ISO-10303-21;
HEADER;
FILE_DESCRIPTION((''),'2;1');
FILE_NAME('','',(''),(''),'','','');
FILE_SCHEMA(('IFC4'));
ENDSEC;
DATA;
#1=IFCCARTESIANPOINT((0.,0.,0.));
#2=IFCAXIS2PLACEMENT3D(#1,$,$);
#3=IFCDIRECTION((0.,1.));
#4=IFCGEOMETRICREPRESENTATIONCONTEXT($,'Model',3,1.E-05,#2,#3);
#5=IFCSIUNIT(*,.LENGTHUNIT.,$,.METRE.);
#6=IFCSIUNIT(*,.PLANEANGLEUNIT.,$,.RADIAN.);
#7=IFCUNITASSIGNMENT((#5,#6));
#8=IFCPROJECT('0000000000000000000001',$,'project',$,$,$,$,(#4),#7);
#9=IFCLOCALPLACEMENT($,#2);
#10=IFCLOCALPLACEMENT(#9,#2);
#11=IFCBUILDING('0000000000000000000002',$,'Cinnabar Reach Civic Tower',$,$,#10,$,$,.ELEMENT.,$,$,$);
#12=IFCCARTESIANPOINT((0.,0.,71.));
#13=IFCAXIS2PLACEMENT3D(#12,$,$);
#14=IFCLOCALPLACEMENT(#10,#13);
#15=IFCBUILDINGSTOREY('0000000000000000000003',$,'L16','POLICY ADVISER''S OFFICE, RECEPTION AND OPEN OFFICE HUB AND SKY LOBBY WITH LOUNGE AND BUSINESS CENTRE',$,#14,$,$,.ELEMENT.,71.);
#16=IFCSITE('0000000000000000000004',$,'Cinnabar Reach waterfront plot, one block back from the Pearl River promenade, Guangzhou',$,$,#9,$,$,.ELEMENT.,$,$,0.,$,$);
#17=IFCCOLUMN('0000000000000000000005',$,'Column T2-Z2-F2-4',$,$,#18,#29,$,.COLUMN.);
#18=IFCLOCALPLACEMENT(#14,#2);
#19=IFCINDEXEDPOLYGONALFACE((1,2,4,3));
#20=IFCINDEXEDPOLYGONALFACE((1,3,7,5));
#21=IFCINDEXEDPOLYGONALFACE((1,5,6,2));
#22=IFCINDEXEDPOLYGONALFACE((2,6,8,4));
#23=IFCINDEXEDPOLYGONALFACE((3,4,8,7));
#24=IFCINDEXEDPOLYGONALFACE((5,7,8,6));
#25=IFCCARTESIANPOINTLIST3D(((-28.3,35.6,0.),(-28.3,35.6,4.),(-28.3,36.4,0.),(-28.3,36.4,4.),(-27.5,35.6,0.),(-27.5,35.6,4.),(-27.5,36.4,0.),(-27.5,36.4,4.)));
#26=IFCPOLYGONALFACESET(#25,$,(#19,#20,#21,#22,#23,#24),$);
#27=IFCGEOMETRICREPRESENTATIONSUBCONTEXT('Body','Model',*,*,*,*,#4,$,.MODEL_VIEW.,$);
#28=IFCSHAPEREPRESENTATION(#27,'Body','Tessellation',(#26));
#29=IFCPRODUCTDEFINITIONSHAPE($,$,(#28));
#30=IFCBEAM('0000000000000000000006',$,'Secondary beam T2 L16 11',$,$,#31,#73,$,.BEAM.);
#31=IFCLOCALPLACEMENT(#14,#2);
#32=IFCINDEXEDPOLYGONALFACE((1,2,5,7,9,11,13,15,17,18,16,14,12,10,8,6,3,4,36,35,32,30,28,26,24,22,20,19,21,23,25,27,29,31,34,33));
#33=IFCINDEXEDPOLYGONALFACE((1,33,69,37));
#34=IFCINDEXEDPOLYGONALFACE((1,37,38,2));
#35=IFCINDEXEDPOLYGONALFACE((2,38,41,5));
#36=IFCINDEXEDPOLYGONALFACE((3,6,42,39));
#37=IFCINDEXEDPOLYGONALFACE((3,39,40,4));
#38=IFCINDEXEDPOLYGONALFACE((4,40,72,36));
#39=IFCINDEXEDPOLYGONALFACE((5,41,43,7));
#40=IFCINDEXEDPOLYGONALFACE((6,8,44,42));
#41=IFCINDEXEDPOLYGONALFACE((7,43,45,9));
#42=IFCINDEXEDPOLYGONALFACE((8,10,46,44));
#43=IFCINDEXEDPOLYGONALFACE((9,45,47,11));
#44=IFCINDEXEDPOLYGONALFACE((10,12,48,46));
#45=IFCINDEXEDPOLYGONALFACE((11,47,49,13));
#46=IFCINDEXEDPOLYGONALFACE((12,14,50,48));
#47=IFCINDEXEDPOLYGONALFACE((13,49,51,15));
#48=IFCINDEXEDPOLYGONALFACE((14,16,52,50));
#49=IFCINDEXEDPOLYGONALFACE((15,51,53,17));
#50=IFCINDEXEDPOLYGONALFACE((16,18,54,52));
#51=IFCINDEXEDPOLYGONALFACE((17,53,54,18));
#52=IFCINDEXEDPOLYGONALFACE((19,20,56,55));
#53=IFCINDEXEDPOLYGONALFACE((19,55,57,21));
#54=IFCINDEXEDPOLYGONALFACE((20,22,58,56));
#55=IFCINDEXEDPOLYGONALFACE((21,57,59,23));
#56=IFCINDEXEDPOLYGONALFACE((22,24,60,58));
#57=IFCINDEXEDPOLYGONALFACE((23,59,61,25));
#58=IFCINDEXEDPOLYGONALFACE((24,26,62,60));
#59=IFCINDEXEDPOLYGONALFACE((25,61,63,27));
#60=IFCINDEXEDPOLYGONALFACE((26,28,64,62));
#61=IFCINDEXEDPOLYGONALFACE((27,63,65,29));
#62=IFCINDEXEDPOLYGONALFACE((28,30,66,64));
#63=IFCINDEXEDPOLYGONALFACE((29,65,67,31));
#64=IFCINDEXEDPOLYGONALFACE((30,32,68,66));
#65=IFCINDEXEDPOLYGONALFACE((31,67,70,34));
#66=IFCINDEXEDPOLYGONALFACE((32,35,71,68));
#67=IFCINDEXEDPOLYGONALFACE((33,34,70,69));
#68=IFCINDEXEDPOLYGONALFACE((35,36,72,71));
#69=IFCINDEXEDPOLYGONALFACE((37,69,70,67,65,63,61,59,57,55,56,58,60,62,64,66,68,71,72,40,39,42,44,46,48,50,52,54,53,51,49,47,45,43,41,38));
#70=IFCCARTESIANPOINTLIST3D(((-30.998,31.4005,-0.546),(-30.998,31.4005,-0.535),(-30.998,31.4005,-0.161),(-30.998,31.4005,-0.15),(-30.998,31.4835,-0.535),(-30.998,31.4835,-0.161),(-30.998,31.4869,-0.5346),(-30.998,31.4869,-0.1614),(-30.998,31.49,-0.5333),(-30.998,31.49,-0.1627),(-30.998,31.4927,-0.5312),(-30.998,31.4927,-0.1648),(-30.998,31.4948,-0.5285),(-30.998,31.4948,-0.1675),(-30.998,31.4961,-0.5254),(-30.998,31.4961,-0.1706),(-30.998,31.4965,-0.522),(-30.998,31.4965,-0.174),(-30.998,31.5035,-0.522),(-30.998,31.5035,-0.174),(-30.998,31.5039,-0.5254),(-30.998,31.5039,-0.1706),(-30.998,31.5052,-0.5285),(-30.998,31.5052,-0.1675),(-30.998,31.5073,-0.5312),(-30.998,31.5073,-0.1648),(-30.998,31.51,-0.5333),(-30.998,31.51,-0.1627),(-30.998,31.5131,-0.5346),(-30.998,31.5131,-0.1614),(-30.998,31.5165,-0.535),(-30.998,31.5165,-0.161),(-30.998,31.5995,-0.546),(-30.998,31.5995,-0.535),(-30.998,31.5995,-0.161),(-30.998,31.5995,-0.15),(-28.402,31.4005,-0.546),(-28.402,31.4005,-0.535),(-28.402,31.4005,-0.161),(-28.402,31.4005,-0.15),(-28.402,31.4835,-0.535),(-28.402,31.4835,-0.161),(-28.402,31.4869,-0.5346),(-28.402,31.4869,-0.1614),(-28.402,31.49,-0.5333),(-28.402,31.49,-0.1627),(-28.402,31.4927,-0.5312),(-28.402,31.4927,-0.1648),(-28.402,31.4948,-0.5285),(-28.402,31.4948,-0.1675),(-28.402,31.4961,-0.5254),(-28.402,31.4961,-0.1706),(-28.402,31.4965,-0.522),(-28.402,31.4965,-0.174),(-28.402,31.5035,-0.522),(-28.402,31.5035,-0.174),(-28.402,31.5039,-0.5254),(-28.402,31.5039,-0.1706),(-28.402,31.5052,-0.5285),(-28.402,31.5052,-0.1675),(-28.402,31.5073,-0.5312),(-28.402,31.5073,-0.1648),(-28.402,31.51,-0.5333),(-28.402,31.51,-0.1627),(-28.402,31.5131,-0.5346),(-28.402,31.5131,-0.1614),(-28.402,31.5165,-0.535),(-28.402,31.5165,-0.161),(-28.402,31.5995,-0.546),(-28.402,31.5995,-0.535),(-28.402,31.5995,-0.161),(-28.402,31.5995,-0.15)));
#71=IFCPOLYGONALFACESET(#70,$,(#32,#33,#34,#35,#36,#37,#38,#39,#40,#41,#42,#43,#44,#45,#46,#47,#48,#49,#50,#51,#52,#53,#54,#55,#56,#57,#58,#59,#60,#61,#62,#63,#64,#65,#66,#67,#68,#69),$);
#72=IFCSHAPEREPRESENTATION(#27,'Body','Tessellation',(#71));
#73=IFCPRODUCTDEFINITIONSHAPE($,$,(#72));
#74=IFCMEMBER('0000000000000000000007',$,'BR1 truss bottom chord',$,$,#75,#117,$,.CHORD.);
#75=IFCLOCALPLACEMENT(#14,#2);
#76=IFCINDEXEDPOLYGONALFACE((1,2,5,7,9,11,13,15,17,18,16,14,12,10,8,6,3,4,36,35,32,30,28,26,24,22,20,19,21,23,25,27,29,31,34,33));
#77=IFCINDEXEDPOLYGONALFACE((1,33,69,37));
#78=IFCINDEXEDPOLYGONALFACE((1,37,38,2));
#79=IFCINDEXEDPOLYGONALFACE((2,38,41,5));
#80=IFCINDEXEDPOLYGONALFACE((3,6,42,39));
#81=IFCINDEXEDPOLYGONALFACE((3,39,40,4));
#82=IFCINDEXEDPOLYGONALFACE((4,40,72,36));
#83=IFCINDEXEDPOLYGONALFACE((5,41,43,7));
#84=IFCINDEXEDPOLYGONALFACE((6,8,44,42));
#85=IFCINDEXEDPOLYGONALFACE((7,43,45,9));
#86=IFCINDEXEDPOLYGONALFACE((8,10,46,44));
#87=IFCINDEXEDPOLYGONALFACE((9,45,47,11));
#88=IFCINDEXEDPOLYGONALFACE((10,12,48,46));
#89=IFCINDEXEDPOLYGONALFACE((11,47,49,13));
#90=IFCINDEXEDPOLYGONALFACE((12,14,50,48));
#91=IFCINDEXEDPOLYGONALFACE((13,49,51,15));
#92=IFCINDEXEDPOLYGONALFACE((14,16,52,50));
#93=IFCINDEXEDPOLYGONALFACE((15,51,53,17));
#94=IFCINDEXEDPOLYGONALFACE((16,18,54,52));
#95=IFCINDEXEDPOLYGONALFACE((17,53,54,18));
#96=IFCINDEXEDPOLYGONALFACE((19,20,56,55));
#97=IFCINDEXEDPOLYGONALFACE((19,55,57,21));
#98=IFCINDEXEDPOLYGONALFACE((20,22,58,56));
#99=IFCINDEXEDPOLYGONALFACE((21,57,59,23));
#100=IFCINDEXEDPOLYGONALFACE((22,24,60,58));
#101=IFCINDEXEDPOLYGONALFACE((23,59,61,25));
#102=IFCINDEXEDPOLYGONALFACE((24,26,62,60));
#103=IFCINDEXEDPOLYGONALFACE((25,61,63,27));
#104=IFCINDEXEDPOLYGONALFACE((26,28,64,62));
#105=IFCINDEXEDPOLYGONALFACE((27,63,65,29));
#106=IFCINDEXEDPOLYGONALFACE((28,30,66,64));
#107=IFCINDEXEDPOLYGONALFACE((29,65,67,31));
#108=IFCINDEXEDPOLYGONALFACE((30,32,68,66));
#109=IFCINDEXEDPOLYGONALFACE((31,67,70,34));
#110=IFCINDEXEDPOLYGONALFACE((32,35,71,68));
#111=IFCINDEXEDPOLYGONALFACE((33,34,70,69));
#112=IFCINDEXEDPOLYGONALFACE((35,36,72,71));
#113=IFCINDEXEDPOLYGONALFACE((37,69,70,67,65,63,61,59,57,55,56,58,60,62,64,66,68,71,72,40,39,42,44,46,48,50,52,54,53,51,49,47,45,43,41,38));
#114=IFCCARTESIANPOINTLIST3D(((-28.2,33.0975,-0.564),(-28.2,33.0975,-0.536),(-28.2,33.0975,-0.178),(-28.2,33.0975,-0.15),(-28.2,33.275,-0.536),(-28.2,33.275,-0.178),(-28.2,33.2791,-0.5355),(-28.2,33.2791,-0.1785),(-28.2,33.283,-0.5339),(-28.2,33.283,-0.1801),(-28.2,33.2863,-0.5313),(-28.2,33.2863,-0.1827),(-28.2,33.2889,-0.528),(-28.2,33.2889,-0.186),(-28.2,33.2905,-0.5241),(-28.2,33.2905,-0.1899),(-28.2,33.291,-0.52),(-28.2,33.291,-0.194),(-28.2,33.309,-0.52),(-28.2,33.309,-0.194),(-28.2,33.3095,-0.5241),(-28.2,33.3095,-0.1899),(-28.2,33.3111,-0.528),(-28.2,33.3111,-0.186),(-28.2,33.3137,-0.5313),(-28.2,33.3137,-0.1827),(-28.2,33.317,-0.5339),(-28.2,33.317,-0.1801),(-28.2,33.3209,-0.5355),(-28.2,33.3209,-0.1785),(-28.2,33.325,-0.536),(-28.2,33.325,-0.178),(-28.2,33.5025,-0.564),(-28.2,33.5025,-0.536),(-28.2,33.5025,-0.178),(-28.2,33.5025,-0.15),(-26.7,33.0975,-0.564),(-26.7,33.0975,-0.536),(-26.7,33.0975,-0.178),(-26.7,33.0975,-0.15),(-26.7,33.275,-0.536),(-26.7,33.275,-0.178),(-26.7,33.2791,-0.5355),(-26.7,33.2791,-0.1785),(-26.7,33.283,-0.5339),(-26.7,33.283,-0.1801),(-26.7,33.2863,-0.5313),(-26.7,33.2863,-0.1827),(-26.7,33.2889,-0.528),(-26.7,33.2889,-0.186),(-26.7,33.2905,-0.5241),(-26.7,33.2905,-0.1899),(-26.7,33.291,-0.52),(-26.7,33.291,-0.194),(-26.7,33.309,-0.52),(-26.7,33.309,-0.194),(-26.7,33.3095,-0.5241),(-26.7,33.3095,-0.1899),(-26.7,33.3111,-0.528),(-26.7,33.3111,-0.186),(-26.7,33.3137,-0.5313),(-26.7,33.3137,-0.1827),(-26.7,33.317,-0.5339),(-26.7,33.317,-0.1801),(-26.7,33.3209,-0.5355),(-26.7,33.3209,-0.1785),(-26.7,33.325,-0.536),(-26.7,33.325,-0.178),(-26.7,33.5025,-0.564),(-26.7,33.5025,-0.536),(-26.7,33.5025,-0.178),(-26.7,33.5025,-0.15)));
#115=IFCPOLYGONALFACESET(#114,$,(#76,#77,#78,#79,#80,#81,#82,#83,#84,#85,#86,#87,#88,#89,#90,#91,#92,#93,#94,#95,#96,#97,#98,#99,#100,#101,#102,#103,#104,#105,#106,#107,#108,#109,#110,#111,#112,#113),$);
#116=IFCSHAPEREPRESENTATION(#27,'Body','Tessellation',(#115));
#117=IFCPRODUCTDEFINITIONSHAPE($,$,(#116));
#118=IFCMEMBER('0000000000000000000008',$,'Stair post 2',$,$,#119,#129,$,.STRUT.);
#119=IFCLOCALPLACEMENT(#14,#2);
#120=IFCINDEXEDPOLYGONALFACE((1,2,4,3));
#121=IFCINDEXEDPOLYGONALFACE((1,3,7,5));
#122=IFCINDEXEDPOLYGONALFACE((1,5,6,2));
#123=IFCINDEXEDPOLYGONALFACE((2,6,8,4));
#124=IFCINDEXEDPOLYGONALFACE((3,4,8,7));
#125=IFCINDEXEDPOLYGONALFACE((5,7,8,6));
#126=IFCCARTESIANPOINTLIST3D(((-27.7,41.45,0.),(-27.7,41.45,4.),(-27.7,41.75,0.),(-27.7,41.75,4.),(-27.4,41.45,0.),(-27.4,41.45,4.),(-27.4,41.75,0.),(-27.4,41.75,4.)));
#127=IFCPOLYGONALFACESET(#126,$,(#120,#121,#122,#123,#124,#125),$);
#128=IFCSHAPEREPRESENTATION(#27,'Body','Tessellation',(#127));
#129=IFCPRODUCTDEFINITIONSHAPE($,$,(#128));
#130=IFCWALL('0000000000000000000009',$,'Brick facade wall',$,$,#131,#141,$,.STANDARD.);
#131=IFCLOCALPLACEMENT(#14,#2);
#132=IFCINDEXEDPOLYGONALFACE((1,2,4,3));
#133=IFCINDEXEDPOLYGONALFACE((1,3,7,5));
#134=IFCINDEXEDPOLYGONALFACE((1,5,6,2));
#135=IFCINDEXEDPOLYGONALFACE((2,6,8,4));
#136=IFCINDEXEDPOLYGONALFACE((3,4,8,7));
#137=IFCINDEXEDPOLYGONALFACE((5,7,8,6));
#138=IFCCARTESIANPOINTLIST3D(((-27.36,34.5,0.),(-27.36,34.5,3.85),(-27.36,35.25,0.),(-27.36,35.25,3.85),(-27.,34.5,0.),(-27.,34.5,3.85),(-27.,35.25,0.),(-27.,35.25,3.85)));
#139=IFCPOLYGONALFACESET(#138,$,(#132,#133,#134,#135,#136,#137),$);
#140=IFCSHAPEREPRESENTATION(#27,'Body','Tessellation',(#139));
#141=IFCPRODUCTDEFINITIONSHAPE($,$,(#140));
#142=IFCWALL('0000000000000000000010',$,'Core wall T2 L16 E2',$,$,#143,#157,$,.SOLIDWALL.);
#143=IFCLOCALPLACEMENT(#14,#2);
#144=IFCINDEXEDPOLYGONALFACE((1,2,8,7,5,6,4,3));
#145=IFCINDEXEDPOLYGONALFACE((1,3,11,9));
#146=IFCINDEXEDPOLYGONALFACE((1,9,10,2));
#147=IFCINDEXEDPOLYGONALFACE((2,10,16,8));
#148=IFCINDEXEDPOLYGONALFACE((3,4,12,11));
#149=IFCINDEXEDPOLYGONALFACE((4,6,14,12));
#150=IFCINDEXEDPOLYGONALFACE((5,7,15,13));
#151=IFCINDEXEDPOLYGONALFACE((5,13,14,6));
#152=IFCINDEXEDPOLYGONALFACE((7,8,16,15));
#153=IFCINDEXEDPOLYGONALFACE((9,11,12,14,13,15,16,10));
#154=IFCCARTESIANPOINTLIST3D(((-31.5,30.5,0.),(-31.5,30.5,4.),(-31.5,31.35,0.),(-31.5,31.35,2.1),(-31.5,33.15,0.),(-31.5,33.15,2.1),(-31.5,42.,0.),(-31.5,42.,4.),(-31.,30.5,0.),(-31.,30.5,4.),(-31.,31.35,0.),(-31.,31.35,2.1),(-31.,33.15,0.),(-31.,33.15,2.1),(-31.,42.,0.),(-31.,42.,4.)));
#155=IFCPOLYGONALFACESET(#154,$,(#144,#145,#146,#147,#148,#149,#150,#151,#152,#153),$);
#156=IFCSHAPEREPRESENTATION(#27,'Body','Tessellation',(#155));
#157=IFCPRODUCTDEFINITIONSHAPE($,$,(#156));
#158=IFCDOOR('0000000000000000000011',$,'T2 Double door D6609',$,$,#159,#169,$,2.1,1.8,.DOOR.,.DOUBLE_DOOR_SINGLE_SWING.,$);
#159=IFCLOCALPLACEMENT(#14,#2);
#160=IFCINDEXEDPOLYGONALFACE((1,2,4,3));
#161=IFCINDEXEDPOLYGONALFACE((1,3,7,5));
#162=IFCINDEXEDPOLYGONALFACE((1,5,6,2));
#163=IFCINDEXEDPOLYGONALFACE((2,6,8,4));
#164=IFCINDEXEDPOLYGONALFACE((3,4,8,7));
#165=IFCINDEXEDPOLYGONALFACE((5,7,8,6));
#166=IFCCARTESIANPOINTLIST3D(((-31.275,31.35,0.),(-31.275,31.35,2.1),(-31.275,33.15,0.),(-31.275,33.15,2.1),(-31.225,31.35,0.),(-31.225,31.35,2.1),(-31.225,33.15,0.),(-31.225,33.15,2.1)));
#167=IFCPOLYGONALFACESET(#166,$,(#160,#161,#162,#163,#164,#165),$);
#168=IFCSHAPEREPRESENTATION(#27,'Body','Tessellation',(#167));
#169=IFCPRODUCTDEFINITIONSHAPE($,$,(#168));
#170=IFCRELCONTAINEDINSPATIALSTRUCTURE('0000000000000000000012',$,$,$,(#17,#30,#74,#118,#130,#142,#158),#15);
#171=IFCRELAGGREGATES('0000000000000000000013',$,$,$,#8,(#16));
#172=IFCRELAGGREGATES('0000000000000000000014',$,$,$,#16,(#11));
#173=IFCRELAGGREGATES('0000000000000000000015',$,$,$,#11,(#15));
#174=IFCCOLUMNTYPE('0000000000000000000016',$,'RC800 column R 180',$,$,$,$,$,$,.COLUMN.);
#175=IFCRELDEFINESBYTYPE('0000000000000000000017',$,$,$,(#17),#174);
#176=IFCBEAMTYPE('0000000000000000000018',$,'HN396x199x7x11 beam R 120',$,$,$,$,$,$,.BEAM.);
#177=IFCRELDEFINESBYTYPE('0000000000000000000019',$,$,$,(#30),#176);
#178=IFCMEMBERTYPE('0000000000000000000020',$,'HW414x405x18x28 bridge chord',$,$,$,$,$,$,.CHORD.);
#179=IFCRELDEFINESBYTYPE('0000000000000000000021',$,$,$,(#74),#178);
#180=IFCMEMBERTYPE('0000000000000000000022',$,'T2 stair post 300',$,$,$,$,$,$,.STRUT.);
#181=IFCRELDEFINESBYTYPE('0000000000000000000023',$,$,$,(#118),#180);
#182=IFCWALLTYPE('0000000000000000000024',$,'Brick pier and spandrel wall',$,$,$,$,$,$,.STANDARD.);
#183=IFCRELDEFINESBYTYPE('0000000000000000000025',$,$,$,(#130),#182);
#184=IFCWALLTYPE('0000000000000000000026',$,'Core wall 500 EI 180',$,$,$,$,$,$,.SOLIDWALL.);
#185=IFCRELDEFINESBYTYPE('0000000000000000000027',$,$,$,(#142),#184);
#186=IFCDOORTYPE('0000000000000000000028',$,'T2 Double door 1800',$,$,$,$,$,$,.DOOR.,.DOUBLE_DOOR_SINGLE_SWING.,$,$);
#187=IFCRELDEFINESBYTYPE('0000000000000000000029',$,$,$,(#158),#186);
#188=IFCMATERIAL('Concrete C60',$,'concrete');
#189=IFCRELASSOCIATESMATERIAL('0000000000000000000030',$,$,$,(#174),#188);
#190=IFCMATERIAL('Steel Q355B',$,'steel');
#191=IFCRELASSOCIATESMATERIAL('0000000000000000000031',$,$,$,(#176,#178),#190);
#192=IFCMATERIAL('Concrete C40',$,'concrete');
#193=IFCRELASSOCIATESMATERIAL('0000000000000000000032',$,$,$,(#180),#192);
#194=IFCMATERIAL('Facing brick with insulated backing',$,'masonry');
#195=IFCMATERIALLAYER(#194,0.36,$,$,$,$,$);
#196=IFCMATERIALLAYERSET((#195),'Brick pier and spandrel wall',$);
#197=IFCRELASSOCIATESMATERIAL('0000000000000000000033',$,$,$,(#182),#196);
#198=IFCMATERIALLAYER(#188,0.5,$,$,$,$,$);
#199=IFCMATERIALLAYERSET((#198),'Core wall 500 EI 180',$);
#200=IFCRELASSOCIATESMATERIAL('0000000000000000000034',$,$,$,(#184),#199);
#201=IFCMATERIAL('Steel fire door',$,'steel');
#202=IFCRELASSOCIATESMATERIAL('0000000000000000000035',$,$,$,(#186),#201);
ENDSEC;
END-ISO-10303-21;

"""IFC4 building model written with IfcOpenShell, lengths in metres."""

from ifc_helpers import new_model, si_unit, direction, frame, frame_2d, origin, origin_2d, place, context, subcontext, project, spatial, rectangle, i_section, extrude, material, layer, layer_set, material_profile, profile_set, type_object, element, fill, save


model = new_model("IFC4")

# Units and contexts
model_context = context("Model", 3, precision=1e-05, world=origin(), true_north=direction((0.0, 1.0)))
body_context = subcontext(model_context, "Body", "Model", "MODEL_VIEW")
ifc_project = project(units=[si_unit("LENGTHUNIT", "METRE"), si_unit("PLANEANGLEUNIT", "RADIAN")], contexts=[model_context])

# Site, building, storey
site_placement = place(None, origin())
site = spatial("IfcSite", under=ifc_project, at=site_placement, Name="Cinnabar Reach waterfront plot, one block back from the Pearl River promenade, Guangzhou", CompositionType="ELEMENT", RefElevation=0.0)
building_placement = place(site_placement, origin())
building = spatial("IfcBuilding", under=site, at=building_placement, Name="Cinnabar Reach Civic Tower", CompositionType="ELEMENT")
storey_placement = place(building_placement, frame((0.0, 0.0, 71.0)))
storey = spatial("IfcBuildingStorey", under=building, at=storey_placement, Name="L16", Description="POLICY ADVISER'S OFFICE, RECEPTION AND OPEN OFFICE HUB AND SKY LOBBY WITH LOUNGE AND BUSINESS CENTRE", CompositionType="ELEMENT", Elevation=71.0)

# Column
ifc_material_1 = material(Name="Concrete C60", Category="concrete")
ifc_material_profile_1 = material_profile(ifc_material_1, rectangle(XDim=0.8, YDim=0.8, at=origin_2d()), Name="RC800")
ifc_profile_set_1 = profile_set([ifc_material_profile_1], Name="Concrete C60")
column_type = type_object("IfcColumnType", Name="RC800 column R 180", PredefinedType="COLUMN", material=ifc_profile_set_1)
column_placement = place(storey_placement, frame((-27.9, 36.0, 0.0), z_axis=(0.0, 0.0, 1.0), x_axis=(1.0, 0.0, 0.0)))
element("IfcColumn", 1, at=column_placement, inside=storey, type_object=column_type, Name="Column T2-Z2-F2-4", PredefinedType="COLUMN", context=body_context, shape_type="SweptSolid", body=[
    extrude(rectangle(XDim=0.8, YDim=0.8, at=origin_2d()), origin(), (0.0, 0.0, 1.0), 4.0),
])

# Beam
ifc_material_2 = material(Name="Steel Q355B", Category="steel")
ifc_material_profile_2 = material_profile(ifc_material_2, i_section(OverallWidth=0.199, OverallDepth=0.396, WebThickness=0.007, FlangeThickness=0.011, FilletRadius=0.013, at=origin_2d()), Name="HN396x199x7x11")
ifc_profile_set_2 = profile_set([ifc_material_profile_2], Name="Steel Q355B")
beam_type = type_object("IfcBeamType", Name="HN396x199x7x11 beam R 120", PredefinedType="BEAM", material=ifc_profile_set_2)
beam_placement = place(storey_placement, frame((-30.998, 31.5, -0.348), z_axis=(1.0, 0.0, 0.0), x_axis=(0.0, 1.0, 0.0)))
element("IfcBeam", 2, at=beam_placement, inside=storey, type_object=beam_type, Name="Secondary beam T2 L16 11", PredefinedType="BEAM", context=body_context, shape_type="SweptSolid", body=[
    extrude(i_section(OverallWidth=0.199, OverallDepth=0.396, WebThickness=0.007, FlangeThickness=0.011, FilletRadius=0.013, at=origin_2d()), origin(), (0.0, 0.0, 1.0), 2.596),
])

# Members
ifc_material_profile_3 = material_profile(ifc_material_2, i_section(OverallWidth=0.405, OverallDepth=0.414, WebThickness=0.018, FlangeThickness=0.028, FilletRadius=0.016, at=origin_2d()), Name="HW414x405x18x28")
ifc_profile_set_3 = profile_set([ifc_material_profile_3], Name="Steel Q355B")
member_type_1 = type_object("IfcMemberType", Name="HW414x405x18x28 bridge chord", PredefinedType="CHORD", material=ifc_profile_set_3)
member_1_placement = place(storey_placement, frame((-28.2, 33.3, -0.357), z_axis=(1.0, 0.0, 0.0), x_axis=(0.0, 1.0, 0.0)))
element("IfcMember", 3, at=member_1_placement, inside=storey, type_object=member_type_1, Name="BR1 truss bottom chord", PredefinedType="CHORD", context=body_context, shape_type="SweptSolid", body=[
    extrude(i_section(OverallWidth=0.405, OverallDepth=0.414, WebThickness=0.018, FlangeThickness=0.028, FilletRadius=0.016, at=origin_2d()), origin(), (0.0, 0.0, 1.0), 1.5),
])
ifc_material_3 = material(Name="Concrete C40", Category="concrete")
ifc_material_profile_4 = material_profile(ifc_material_3, rectangle(XDim=0.3, YDim=0.3, at=origin_2d()), Name="C300")
ifc_profile_set_4 = profile_set([ifc_material_profile_4], Name="Concrete C40")
member_type_2 = type_object("IfcMemberType", Name="T2 stair post 300", PredefinedType="STRUT", material=ifc_profile_set_4)
member_2_placement = place(storey_placement, frame((-27.55, 41.6, 0.0), z_axis=(0.0, 0.0, 1.0), x_axis=(1.0, 0.0, 0.0)))
element("IfcMember", 4, at=member_2_placement, inside=storey, type_object=member_type_2, Name="Stair post 2", PredefinedType="STRUT", context=body_context, shape_type="SweptSolid", body=[
    extrude(rectangle(XDim=0.3, YDim=0.3, at=origin_2d()), origin(), (0.0, 0.0, 1.0), 4.0),
])

# Wall
ifc_material_4 = material(Name="Facing brick with insulated backing", Category="masonry")
ifc_layer_1 = layer(ifc_material_4, 0.36)
ifc_layer_set_1 = layer_set([ifc_layer_1], Name="Brick pier and spandrel wall")
wall_type_1 = type_object("IfcWallType", Name="Brick pier and spandrel wall", PredefinedType="STANDARD", material=ifc_layer_set_1)
wall_1_placement = place(storey_placement, frame((-27.18, 34.5, 0.0), z_axis=(0.0, 0.0, 1.0), x_axis=(0.0, 1.0, 0.0)))
element("IfcWall", 5, at=wall_1_placement, inside=storey, type_object=wall_type_1, Name="Brick facade wall", PredefinedType="STANDARD", context=body_context, shape_type="SweptSolid", body=[
    extrude(rectangle(XDim=0.75, YDim=0.36, at=frame_2d((0.375, 0.0))), origin(), (0.0, 0.0, 1.0), 3.85),
])

# Wall, opening, door
ifc_layer_2 = layer(ifc_material_1, 0.5)
ifc_layer_set_2 = layer_set([ifc_layer_2], Name="Core wall 500 EI 180")
wall_type_2 = type_object("IfcWallType", Name="Core wall 500 EI 180", PredefinedType="SOLIDWALL", material=ifc_layer_set_2)
wall_2_placement = place(storey_placement, frame((-31.25, 30.5, 0.0), z_axis=(0.0, 0.0, 1.0), x_axis=(0.0, 1.0, 0.0)))
wall_2 = element("IfcWall", 6, at=wall_2_placement, inside=storey, type_object=wall_type_2, Name="Core wall T2 L16 E2", PredefinedType="SOLIDWALL", context=body_context, shape_type="SweptSolid", body=[
    extrude(rectangle(XDim=11.5, YDim=0.5, at=frame_2d((5.75, 0.0))), origin(), (0.0, 0.0, 1.0), 4.0),
])
opening_1_placement = place(wall_2_placement, frame((0.85, 0.0, 0.0)))
opening_1 = element("IfcOpeningElement", 7, at=opening_1_placement, cuts=wall_2, PredefinedType="OPENING", context=body_context, shape_type="SweptSolid", body=[
    extrude(rectangle(XDim=1.8, YDim=2.1, at=frame_2d((0.9, 1.05))), frame((0.0, 0.26, 0.0), z_axis=(0.0, -1.0, 0.0), x_axis=(1.0, 0.0, 0.0)), (0.0, 0.0, 1.0), 0.52),
])
ifc_material_5 = material(Name="Steel fire door", Category="steel")
door_type_1 = type_object("IfcDoorType", Name="T2 Double door 1800", OperationType="DOUBLE_DOOR_SINGLE_SWING", PredefinedType="DOOR", material=ifc_material_5)
door_1_placement = place(opening_1_placement, frame((1.8, 0.0, 0.0), z_axis=(0.0, 0.0, 1.0), x_axis=(-1.0, 0.0, 0.0)))
door_1 = element("IfcDoor", 8, at=door_1_placement, inside=storey, type_object=door_type_1, Name="T2 Double door D6609", OperationType="DOUBLE_DOOR_SINGLE_SWING", OverallHeight=2.1, OverallWidth=1.8, PredefinedType="DOOR", context=body_context, shape_type="SweptSolid", body=[
    extrude(rectangle(XDim=1.8, YDim=2.1, at=frame_2d((0.9, 1.05))), frame((0.0, 0.025, 0.0), z_axis=(0.0, -1.0, 0.0), x_axis=(1.0, 0.0, 0.0)), (0.0, 0.0, 1.0), 0.05),
])
fill(opening_1, door_1)

save(model, "model.ifc")
